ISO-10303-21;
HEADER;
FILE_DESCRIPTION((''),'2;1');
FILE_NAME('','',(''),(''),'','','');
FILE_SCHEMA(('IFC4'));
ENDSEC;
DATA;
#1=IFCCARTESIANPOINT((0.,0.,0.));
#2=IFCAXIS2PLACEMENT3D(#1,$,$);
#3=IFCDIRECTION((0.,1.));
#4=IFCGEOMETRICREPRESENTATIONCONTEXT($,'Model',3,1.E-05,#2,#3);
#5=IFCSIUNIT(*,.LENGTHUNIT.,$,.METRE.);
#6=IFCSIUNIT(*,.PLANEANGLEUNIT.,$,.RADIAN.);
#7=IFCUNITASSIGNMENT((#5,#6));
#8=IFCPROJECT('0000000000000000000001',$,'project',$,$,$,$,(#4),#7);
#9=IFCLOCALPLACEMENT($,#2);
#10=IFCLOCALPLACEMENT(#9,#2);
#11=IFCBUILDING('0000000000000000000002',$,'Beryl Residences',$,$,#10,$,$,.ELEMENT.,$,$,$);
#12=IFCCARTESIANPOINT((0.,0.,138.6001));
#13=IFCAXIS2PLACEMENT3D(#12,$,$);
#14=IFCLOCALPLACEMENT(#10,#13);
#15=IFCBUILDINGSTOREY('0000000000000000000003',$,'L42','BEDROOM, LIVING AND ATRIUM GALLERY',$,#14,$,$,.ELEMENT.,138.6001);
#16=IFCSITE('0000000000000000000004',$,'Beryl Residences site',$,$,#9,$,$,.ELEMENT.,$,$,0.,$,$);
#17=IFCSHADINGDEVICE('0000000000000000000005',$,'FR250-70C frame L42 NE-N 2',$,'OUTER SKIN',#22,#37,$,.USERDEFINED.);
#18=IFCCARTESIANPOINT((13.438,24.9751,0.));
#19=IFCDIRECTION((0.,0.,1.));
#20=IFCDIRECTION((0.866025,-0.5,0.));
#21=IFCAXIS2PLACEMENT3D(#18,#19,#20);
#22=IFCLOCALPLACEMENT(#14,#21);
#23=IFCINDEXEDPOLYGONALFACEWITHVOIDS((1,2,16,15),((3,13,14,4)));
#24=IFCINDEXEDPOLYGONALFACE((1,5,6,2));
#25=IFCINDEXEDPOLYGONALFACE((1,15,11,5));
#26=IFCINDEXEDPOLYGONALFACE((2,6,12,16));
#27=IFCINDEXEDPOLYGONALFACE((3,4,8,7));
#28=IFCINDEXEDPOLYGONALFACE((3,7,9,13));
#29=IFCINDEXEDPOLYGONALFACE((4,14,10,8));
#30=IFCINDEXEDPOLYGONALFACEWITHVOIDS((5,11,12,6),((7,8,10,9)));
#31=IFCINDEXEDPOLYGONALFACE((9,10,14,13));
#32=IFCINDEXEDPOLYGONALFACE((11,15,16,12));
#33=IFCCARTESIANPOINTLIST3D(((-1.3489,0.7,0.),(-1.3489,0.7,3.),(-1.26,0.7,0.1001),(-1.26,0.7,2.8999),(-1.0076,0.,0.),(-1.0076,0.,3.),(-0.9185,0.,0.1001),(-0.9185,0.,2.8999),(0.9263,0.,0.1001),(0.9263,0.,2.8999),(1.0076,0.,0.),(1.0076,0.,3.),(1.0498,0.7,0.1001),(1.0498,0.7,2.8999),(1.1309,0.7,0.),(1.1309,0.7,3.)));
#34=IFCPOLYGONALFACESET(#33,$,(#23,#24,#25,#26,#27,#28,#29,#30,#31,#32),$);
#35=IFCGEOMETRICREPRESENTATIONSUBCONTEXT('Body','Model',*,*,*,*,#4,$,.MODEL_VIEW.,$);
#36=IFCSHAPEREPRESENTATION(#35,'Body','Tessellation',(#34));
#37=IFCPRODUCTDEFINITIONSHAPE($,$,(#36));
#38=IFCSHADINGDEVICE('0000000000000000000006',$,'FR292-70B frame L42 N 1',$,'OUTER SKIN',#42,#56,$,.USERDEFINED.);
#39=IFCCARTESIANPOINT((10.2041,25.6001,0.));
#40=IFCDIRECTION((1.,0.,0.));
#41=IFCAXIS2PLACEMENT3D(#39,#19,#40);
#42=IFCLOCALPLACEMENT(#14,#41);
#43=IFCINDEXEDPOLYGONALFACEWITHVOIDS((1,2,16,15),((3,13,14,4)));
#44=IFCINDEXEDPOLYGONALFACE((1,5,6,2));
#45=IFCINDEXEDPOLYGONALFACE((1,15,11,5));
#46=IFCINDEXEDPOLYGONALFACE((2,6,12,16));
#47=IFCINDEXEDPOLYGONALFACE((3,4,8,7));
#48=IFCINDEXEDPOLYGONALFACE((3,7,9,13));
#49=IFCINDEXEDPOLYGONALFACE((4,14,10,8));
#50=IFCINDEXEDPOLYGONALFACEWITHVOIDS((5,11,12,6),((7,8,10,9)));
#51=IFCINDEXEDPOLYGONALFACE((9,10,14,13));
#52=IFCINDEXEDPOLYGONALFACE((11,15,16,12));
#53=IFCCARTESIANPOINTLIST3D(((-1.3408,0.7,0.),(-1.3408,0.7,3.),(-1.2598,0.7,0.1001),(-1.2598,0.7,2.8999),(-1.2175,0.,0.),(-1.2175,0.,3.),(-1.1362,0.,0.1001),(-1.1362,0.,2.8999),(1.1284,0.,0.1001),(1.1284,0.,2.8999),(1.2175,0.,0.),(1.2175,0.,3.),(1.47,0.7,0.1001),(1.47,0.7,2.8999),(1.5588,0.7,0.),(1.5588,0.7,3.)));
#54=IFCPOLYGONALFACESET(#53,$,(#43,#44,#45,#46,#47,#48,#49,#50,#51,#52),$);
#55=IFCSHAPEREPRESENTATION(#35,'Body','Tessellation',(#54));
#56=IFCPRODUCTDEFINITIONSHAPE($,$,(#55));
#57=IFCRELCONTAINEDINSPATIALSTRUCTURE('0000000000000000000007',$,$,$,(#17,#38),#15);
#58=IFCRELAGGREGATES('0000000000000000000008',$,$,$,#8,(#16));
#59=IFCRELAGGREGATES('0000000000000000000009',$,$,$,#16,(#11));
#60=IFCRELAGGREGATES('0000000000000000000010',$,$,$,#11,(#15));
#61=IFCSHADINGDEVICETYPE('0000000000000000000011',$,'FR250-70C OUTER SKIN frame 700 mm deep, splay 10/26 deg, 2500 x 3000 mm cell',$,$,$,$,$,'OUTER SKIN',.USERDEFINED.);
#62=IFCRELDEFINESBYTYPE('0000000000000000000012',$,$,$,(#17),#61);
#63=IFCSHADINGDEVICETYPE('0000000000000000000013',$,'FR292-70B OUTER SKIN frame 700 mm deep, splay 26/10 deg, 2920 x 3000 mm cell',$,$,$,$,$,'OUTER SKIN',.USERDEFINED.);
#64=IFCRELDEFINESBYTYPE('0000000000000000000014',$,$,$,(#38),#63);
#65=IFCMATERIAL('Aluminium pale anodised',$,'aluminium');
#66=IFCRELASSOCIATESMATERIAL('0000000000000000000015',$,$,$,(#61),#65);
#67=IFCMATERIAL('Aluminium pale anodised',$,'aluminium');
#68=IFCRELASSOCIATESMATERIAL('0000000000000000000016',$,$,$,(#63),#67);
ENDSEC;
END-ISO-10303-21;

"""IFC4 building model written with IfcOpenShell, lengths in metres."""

from ifc_helpers import new_model, entity, si_unit, direction, frame, origin, place, context, subcontext, project, spatial, source, transform, mapped, material, type_object, type_shapes, element, save


model = new_model("IFC4")

# Units and contexts
model_context = context("Model", 3, precision=1e-05, world=origin(), true_north=direction((0.0, 1.0)))
body_context = subcontext(model_context, "Body", "Model", "MODEL_VIEW")
ifc_project = project(units=[si_unit("LENGTHUNIT", "METRE"), si_unit("PLANEANGLEUNIT", "RADIAN")], contexts=[model_context])

# Site, building, storey
site_placement = place(None, origin())
site = spatial("IfcSite", under=ifc_project, at=site_placement, Name="Beryl Residences site", CompositionType="ELEMENT", RefElevation=0.0)
building_placement = place(site_placement, origin())
building = spatial("IfcBuilding", under=site, at=building_placement, Name="Beryl Residences", CompositionType="ELEMENT")
storey_placement = place(building_placement, frame((0.0, 0.0, 138.6001)))
storey = spatial("IfcBuildingStorey", under=building, at=storey_placement, Name="L42", Description="BEDROOM, LIVING AND ATRIUM GALLERY", CompositionType="ELEMENT", Elevation=138.6001)

# Shading devices
ifc_material_1 = material(Name="Aluminium pale anodised", Category="aluminium")
shading_device_type_1 = type_object("IfcShadingDeviceType", Name="FR250-70C OUTER SKIN frame 700 mm deep, splay 10/26 deg, 2500 x 3000 mm cell", ElementType="OUTER SKIN", PredefinedType="USERDEFINED", material=ifc_material_1)
cartesian_point_1 = entity("IfcCartesianPoint", [-1.0076, 0.0])
cartesian_point_2 = entity("IfcCartesianPoint", [-0.9263, 0.1001])
cartesian_point_3 = entity("IfcCartesianPoint", [-1.1309, 0.0])
cartesian_point_4 = entity("IfcCartesianPoint", [-1.0498, 0.1001])
shared_shape_1 = source(origin(), body_context, "Body", "SweptSolid", [
    entity("IfcExtrudedAreaSolidTapered", entity("IfcArbitraryProfileDefWithVoids", "AREA", None, entity("IfcPolyline", [cartesian_point_1, entity("IfcCartesianPoint", [1.0076, 0.0]), entity("IfcCartesianPoint", [1.0076, 3.0]), entity("IfcCartesianPoint", [-1.0076, 3.0]), cartesian_point_1]), [entity("IfcPolyline", [cartesian_point_2, entity("IfcCartesianPoint", [0.9185, 0.1001]), entity("IfcCartesianPoint", [0.9185, 2.8999]), entity("IfcCartesianPoint", [-0.9263, 2.8999]), cartesian_point_2])]), entity("IfcAxis2Placement3D", entity("IfcCartesianPoint", [0.0, 0.0, 0.0]), entity("IfcDirection", [0.0, 1.0, 0.0]), entity("IfcDirection", [-1.0, 0.0, 0.0])), entity("IfcDirection", [0.0, 0.0, 1.0]), 0.7, entity("IfcArbitraryProfileDefWithVoids", "AREA", None, entity("IfcPolyline", [cartesian_point_3, entity("IfcCartesianPoint", [1.3489, 0.0]), entity("IfcCartesianPoint", [1.3489, 3.0]), entity("IfcCartesianPoint", [-1.1309, 3.0]), cartesian_point_3]), [entity("IfcPolyline", [cartesian_point_4, entity("IfcCartesianPoint", [1.26, 0.1001]), entity("IfcCartesianPoint", [1.26, 2.8999]), entity("IfcCartesianPoint", [-1.0498, 2.8999]), cartesian_point_4])])),
])
type_shapes(shading_device_type_1, [shared_shape_1])
shading_device_1_placement = place(storey_placement, frame((13.438, 24.9751, 0.0), z_axis=(0.0, 0.0, 1.0), x_axis=(0.866025, -0.5, 0.0)))
element("IfcShadingDevice", 1, at=shading_device_1_placement, inside=storey, type_object=shading_device_type_1, Name="FR250-70C frame L42 NE-N 2", ObjectType="OUTER SKIN", PredefinedType="USERDEFINED", context=body_context, shape_type="MappedRepresentation", body=[
    mapped(shared_shape_1, transform((0.0, 0.0, 0.0))),
])
ifc_material_2 = material(Name="Aluminium pale anodised", Category="aluminium")
shading_device_type_2 = type_object("IfcShadingDeviceType", Name="FR292-70B OUTER SKIN frame 700 mm deep, splay 26/10 deg, 2920 x 3000 mm cell", ElementType="OUTER SKIN", PredefinedType="USERDEFINED", material=ifc_material_2)
cartesian_point_5 = entity("IfcCartesianPoint", [-1.2175, 0.0])
cartesian_point_6 = entity("IfcCartesianPoint", [-1.1284, 0.1001])
cartesian_point_7 = entity("IfcCartesianPoint", [-1.5588, 0.0])
cartesian_point_8 = entity("IfcCartesianPoint", [-1.47, 0.1001])
shared_shape_2 = source(origin(), body_context, "Body", "SweptSolid", [
    entity("IfcExtrudedAreaSolidTapered", entity("IfcArbitraryProfileDefWithVoids", "AREA", None, entity("IfcPolyline", [cartesian_point_5, entity("IfcCartesianPoint", [1.2175, 0.0]), entity("IfcCartesianPoint", [1.2175, 3.0]), entity("IfcCartesianPoint", [-1.2175, 3.0]), cartesian_point_5]), [entity("IfcPolyline", [cartesian_point_6, entity("IfcCartesianPoint", [1.1362, 0.1001]), entity("IfcCartesianPoint", [1.1362, 2.8999]), entity("IfcCartesianPoint", [-1.1284, 2.8999]), cartesian_point_6])]), entity("IfcAxis2Placement3D", entity("IfcCartesianPoint", [0.0, 0.0, 0.0]), entity("IfcDirection", [0.0, 1.0, 0.0]), entity("IfcDirection", [-1.0, 0.0, 0.0])), entity("IfcDirection", [0.0, 0.0, 1.0]), 0.7, entity("IfcArbitraryProfileDefWithVoids", "AREA", None, entity("IfcPolyline", [cartesian_point_7, entity("IfcCartesianPoint", [1.3408, 0.0]), entity("IfcCartesianPoint", [1.3408, 3.0]), entity("IfcCartesianPoint", [-1.5588, 3.0]), cartesian_point_7]), [entity("IfcPolyline", [cartesian_point_8, entity("IfcCartesianPoint", [1.2598, 0.1001]), entity("IfcCartesianPoint", [1.2598, 2.8999]), entity("IfcCartesianPoint", [-1.47, 2.8999]), cartesian_point_8])])),
])
type_shapes(shading_device_type_2, [shared_shape_2])
shading_device_2_placement = place(storey_placement, frame((10.2041, 25.6001, 0.0), z_axis=(0.0, 0.0, 1.0), x_axis=(1.0, 0.0, 0.0)))
element("IfcShadingDevice", 2, at=shading_device_2_placement, inside=storey, type_object=shading_device_type_2, Name="FR292-70B frame L42 N 1", ObjectType="OUTER SKIN", PredefinedType="USERDEFINED", context=body_context, shape_type="MappedRepresentation", body=[
    mapped(shared_shape_2, transform((0.0, 0.0, 0.0))),
])

save(model, "model.ifc")
